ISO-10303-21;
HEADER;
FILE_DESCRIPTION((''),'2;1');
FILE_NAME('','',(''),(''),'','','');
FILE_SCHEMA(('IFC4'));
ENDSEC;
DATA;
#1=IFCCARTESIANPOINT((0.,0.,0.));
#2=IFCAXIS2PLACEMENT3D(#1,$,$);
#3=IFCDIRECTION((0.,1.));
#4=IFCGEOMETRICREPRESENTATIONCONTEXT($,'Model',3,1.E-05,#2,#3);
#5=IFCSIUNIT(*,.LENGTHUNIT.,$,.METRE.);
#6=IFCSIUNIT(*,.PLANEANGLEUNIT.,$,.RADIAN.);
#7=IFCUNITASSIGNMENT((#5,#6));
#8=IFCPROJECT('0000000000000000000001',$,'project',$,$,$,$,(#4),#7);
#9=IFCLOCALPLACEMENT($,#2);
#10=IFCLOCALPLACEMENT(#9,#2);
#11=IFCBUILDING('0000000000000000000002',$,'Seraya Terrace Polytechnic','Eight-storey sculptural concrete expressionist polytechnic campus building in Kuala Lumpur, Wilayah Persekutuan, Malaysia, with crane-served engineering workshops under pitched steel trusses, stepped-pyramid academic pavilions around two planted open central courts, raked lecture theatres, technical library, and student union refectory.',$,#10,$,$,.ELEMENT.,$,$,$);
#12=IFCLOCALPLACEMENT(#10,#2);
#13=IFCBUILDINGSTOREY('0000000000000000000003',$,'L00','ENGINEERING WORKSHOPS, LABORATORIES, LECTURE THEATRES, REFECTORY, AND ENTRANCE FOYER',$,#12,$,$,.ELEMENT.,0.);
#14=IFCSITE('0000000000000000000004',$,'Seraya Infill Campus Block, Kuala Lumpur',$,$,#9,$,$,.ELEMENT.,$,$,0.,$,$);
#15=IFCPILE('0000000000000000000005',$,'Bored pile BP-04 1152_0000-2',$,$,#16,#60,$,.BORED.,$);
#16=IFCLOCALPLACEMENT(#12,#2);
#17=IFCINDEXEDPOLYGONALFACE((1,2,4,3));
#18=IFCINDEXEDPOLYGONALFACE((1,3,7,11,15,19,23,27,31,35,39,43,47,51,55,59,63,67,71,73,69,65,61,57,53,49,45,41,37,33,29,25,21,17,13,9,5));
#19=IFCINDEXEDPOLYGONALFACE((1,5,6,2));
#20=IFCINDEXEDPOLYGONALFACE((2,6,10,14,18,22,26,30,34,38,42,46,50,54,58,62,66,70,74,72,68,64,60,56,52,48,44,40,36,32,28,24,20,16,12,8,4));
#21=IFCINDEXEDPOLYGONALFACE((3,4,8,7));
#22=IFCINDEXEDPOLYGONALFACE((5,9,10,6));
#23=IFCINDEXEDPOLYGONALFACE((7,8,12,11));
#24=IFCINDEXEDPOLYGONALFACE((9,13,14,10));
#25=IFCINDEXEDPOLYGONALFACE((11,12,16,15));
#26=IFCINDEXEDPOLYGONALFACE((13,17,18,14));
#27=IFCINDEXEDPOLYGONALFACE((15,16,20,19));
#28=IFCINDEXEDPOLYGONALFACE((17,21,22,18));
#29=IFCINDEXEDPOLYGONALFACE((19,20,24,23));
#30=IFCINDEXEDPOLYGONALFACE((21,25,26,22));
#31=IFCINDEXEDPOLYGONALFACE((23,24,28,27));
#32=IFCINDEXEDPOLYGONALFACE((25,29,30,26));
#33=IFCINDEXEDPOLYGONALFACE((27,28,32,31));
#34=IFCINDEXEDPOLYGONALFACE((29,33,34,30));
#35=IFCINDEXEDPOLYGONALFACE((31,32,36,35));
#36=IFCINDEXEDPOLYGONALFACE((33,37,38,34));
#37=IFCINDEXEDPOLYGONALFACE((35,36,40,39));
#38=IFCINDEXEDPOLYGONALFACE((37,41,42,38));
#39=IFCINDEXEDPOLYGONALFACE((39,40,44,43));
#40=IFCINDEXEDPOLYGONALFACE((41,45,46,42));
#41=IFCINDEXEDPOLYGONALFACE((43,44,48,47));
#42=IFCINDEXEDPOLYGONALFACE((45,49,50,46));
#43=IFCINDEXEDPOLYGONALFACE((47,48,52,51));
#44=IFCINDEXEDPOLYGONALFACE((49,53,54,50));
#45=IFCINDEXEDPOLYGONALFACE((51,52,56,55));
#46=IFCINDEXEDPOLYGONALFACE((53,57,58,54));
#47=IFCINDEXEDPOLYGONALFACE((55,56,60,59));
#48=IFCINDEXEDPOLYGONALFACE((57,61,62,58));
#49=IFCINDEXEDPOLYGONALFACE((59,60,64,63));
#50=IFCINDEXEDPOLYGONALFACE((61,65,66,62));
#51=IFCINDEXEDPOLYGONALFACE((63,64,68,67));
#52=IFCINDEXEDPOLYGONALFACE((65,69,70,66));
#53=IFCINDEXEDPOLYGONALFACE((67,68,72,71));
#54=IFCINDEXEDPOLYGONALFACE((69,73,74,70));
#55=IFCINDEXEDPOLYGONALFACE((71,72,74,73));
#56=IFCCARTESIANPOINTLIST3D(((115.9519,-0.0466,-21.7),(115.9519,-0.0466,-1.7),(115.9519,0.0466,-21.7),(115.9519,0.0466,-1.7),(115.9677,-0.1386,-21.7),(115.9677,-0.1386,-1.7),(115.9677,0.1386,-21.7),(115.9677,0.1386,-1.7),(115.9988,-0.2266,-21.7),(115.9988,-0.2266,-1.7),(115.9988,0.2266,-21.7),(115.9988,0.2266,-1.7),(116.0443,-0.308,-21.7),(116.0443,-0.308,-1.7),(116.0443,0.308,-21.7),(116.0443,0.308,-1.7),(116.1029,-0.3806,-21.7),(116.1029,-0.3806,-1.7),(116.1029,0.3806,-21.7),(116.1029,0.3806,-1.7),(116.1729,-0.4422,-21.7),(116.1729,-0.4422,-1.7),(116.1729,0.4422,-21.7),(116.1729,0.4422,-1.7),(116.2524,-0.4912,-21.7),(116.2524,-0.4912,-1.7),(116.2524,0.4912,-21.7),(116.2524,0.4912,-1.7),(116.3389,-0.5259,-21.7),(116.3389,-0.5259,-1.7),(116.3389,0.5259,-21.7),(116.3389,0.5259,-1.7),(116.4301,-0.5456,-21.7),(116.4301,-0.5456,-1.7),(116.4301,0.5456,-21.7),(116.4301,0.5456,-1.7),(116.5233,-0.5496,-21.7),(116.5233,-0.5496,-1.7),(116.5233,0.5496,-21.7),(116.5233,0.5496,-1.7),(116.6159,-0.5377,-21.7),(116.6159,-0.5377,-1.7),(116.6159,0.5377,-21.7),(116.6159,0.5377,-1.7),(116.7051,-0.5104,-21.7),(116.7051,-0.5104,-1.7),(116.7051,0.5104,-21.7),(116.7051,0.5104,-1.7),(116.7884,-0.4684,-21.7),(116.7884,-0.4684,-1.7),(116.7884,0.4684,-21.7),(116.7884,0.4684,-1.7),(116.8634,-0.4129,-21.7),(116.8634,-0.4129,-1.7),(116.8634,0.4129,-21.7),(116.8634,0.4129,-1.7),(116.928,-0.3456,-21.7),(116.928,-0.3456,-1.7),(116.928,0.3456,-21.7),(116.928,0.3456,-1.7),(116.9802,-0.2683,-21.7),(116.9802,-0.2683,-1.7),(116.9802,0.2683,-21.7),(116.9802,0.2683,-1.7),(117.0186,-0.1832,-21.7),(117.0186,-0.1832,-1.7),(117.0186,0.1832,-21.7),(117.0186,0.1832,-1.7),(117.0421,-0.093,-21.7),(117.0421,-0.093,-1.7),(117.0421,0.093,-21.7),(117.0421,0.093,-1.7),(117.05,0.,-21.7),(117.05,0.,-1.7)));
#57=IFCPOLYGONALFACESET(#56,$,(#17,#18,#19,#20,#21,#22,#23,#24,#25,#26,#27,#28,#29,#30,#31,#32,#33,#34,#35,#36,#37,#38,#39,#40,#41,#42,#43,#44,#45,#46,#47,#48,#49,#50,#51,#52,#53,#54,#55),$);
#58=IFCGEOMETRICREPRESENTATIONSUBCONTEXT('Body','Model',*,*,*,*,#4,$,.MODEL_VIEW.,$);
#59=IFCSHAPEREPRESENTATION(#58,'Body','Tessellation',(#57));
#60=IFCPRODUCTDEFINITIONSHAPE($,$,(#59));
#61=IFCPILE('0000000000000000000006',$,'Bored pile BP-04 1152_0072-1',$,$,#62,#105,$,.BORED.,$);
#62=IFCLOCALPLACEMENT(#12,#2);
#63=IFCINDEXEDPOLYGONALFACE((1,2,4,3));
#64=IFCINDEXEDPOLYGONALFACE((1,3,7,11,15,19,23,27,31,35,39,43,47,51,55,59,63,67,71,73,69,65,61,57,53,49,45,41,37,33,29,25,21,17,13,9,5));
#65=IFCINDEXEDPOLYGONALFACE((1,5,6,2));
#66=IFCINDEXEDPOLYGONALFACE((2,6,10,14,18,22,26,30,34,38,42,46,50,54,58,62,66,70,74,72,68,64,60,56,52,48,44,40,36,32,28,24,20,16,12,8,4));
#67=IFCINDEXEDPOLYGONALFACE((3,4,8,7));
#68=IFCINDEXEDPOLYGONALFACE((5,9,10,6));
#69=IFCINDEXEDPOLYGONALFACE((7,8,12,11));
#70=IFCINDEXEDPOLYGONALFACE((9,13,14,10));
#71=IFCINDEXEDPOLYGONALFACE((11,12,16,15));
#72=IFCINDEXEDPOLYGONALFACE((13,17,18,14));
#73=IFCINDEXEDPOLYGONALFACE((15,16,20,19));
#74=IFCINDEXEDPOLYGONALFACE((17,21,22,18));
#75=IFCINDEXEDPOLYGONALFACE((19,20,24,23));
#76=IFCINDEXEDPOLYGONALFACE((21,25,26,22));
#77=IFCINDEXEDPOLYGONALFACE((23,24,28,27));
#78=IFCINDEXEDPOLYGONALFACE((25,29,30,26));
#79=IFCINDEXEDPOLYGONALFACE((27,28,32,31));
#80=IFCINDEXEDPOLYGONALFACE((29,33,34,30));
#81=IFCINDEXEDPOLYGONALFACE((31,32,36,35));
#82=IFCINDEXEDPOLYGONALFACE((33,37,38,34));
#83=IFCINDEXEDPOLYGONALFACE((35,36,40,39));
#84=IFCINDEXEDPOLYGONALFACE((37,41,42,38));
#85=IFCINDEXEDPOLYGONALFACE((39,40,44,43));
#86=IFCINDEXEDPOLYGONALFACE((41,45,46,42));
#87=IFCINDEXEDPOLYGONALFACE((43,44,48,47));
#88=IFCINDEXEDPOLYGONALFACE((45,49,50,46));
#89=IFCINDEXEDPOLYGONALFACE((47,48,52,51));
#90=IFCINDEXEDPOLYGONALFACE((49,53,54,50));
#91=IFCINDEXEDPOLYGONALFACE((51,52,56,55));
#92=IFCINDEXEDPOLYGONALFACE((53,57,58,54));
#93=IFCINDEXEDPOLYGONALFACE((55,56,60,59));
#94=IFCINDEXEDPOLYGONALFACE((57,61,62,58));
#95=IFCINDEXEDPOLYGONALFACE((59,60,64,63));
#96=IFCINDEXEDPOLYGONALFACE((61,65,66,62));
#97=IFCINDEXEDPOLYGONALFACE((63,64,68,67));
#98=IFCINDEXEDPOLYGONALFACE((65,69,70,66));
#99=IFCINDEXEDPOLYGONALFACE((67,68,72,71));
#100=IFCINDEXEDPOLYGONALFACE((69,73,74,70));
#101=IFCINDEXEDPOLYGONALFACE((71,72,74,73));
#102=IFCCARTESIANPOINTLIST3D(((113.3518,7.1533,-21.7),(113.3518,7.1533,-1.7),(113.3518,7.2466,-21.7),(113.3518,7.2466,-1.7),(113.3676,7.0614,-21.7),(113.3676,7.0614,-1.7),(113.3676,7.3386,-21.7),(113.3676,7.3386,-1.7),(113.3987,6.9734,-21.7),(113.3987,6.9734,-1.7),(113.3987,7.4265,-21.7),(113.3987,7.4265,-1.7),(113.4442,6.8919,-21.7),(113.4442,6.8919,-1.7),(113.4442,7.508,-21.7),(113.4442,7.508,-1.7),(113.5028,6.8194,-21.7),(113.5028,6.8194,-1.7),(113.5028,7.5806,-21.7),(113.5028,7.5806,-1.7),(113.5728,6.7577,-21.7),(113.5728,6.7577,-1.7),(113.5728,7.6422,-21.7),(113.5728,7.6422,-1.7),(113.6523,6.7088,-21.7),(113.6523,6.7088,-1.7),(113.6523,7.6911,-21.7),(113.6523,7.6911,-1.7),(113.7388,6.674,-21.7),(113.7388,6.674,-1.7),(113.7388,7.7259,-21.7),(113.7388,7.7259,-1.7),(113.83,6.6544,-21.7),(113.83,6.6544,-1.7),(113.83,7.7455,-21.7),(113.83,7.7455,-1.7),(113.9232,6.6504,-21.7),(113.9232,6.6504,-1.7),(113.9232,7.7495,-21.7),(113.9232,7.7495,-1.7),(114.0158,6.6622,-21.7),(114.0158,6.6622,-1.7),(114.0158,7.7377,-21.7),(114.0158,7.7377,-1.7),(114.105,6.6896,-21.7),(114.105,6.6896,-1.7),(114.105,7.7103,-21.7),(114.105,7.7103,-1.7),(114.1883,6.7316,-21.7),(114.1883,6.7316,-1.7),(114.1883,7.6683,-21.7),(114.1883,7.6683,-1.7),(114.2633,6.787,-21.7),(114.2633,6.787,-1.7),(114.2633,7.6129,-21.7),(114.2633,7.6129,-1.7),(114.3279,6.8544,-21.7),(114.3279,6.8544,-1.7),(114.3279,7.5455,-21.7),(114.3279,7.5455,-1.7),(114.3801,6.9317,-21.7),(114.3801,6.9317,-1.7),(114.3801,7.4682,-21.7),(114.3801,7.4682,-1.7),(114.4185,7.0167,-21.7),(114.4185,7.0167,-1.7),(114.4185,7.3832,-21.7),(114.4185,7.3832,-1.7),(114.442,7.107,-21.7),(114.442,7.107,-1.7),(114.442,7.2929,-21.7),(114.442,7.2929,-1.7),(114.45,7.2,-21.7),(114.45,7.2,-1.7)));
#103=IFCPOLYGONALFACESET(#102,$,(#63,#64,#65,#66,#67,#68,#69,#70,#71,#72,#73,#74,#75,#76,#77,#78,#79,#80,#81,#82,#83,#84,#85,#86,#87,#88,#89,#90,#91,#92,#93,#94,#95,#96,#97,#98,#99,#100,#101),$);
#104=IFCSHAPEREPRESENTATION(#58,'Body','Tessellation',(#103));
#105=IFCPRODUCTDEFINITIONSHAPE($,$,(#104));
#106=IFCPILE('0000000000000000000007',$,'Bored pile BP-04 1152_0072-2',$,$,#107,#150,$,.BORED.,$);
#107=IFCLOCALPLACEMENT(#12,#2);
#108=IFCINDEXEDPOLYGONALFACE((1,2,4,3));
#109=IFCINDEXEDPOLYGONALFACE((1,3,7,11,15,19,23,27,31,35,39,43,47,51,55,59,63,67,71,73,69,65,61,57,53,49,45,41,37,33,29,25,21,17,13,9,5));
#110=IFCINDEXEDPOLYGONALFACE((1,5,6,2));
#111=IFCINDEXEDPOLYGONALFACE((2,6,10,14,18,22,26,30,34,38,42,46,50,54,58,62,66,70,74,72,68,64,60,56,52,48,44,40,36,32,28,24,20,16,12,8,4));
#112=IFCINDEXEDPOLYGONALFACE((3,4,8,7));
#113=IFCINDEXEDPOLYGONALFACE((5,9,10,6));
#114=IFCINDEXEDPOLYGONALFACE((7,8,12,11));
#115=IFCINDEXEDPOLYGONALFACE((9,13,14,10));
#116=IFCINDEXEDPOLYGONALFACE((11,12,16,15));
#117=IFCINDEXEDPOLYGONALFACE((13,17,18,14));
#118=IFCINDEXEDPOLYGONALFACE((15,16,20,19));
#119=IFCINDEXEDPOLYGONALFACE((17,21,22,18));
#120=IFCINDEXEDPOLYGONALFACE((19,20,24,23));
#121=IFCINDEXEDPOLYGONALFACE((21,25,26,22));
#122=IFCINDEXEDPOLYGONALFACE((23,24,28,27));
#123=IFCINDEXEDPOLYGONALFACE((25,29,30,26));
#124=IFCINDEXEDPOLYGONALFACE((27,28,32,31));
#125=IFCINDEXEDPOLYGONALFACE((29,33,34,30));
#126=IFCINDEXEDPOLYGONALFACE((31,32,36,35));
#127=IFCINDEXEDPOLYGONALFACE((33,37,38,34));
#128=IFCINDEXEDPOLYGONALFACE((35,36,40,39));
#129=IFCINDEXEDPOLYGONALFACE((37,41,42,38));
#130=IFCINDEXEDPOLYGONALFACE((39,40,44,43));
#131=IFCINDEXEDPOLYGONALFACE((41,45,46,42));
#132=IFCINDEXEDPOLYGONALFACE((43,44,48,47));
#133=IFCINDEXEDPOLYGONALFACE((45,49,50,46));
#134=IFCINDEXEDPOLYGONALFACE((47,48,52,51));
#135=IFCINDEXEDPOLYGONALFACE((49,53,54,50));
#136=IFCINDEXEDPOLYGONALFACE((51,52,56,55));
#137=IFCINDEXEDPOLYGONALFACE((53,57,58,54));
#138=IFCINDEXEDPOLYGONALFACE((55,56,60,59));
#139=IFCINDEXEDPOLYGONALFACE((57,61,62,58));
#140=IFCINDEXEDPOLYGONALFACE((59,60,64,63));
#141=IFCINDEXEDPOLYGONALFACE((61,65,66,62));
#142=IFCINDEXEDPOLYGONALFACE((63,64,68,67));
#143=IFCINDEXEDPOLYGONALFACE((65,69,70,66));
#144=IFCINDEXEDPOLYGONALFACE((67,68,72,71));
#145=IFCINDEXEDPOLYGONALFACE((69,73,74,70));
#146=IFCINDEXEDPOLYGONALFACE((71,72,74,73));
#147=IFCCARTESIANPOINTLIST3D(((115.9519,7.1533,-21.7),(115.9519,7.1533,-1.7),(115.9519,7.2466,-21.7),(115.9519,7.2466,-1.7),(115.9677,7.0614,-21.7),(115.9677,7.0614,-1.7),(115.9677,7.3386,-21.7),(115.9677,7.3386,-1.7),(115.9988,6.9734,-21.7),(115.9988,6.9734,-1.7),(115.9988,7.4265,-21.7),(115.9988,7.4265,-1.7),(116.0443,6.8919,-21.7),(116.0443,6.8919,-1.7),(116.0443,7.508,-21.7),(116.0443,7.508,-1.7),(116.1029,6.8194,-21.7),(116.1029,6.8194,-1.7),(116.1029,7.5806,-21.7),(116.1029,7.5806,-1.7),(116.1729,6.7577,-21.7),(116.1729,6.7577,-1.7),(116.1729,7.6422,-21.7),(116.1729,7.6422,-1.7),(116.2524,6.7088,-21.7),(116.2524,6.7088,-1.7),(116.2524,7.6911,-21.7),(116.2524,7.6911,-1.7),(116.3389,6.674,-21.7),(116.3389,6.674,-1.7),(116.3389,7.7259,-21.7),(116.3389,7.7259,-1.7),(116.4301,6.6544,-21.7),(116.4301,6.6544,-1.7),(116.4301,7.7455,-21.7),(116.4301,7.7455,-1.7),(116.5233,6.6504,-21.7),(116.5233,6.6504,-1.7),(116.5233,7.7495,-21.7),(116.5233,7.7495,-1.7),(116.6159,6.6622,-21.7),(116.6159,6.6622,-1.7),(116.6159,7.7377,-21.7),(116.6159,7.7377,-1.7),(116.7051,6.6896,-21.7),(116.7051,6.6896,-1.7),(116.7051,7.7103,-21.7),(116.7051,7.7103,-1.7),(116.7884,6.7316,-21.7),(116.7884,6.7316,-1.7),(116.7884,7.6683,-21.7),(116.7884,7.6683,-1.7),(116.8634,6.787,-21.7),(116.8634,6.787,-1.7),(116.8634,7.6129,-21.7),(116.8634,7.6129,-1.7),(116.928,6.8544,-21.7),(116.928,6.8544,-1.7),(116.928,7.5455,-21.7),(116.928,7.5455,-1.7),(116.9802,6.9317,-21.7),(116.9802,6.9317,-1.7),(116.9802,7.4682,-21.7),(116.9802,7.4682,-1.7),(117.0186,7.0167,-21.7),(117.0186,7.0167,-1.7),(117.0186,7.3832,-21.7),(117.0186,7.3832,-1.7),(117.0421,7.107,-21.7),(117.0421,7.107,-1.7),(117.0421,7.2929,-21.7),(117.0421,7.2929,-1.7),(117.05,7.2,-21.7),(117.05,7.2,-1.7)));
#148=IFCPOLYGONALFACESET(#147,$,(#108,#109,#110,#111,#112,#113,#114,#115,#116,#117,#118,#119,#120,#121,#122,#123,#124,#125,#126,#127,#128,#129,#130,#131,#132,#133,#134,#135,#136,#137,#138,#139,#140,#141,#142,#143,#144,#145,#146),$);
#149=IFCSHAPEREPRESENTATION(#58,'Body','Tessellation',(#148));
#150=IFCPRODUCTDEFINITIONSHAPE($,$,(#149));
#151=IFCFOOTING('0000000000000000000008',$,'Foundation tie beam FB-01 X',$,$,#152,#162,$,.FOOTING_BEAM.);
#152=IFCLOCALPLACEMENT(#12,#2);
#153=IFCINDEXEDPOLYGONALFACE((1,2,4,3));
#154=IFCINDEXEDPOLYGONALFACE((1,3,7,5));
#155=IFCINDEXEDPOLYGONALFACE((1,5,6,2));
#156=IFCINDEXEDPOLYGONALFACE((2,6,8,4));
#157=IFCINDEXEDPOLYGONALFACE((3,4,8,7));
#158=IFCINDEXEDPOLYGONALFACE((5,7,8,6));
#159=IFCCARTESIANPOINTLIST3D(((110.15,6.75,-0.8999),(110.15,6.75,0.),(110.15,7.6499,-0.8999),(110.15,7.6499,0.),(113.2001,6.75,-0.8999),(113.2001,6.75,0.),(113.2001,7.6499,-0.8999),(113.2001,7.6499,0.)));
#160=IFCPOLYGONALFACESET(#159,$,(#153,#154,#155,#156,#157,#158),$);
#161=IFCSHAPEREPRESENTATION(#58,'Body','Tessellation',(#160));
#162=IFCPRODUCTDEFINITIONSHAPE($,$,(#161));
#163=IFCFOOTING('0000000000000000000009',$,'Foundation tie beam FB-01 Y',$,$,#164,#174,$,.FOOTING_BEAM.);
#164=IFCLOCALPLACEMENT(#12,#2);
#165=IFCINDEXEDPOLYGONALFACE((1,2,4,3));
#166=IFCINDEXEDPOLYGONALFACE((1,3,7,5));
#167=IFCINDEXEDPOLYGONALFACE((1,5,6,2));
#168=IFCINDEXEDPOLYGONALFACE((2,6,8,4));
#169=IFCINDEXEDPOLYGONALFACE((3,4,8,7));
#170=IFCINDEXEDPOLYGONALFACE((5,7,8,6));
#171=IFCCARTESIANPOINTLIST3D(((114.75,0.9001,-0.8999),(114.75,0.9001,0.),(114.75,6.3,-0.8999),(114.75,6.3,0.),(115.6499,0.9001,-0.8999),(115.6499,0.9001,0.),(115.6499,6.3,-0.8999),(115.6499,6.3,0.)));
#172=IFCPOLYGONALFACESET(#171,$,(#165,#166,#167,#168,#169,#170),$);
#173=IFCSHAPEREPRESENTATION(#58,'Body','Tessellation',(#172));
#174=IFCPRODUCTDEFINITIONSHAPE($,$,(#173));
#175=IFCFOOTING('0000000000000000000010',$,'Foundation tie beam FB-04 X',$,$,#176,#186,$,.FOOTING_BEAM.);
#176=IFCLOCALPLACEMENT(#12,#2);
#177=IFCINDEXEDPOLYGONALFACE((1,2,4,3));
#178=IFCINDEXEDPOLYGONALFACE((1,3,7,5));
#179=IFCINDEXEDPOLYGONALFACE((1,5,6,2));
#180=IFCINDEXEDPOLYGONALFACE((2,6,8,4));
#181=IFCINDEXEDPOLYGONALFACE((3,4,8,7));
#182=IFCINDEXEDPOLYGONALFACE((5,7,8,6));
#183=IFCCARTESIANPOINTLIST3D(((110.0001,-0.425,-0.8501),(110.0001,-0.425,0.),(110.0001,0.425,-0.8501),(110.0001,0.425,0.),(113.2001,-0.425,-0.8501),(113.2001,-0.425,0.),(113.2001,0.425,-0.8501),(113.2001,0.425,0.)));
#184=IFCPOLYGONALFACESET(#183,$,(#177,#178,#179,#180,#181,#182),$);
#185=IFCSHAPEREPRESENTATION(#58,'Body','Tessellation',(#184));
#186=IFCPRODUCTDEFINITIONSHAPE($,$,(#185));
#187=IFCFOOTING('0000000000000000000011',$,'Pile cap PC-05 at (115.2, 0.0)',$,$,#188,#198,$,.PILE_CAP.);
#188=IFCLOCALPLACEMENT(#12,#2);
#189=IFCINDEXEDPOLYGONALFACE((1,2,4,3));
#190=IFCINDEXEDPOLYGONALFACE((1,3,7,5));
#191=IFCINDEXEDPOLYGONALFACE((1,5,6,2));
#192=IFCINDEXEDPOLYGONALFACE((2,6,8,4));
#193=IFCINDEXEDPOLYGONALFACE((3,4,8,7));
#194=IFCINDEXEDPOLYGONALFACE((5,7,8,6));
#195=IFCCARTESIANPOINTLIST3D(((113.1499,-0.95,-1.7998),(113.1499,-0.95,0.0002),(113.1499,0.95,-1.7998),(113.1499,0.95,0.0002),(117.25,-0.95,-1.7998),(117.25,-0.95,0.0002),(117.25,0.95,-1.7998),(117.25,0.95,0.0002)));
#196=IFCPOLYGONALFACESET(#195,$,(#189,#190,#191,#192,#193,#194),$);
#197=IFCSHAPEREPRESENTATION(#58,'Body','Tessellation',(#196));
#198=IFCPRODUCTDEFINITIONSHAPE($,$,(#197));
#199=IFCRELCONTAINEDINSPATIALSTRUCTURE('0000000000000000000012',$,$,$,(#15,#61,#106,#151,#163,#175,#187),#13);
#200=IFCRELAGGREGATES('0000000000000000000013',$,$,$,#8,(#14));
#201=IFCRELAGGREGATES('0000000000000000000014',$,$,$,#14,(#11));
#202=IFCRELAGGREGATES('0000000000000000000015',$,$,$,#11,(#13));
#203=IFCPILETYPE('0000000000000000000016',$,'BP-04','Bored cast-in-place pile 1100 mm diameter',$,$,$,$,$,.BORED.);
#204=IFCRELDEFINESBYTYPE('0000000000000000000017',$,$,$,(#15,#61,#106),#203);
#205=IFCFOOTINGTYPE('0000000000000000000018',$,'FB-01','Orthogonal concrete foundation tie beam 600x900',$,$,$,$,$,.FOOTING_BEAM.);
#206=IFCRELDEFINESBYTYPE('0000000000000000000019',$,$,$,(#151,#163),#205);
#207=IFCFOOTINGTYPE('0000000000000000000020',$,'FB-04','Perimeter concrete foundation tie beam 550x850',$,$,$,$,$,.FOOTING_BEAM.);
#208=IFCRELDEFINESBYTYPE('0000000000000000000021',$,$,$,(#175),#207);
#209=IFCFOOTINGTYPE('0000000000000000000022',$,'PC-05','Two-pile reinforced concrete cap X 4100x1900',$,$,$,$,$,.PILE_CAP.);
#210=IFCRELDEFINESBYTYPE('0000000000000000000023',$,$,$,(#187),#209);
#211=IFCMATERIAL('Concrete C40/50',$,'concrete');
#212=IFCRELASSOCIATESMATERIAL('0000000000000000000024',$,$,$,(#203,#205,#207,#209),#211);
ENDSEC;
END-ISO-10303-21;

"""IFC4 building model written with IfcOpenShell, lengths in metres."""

from ifc_helpers import new_model, si_unit, direction, frame, origin, origin_2d, place, context, subcontext, project, spatial, rectangle, circle, extrude, material, material_profile, profile_set, type_object, element, save


model = new_model("IFC4")

# Units and contexts
model_context = context("Model", 3, precision=1e-05, world=origin(), true_north=direction((0.0, 1.0)))
body_context = subcontext(model_context, "Body", "Model", "MODEL_VIEW")
ifc_project = project(units=[si_unit("LENGTHUNIT", "METRE"), si_unit("PLANEANGLEUNIT", "RADIAN")], contexts=[model_context])

# Site, building, storey
site_placement = place(None, origin())
site = spatial("IfcSite", under=ifc_project, at=site_placement, Name="Seraya Infill Campus Block, Kuala Lumpur", CompositionType="ELEMENT", RefElevation=0.0)
building_placement = place(site_placement, origin())
building = spatial("IfcBuilding", under=site, at=building_placement, Name="Seraya Terrace Polytechnic", Description="Eight-storey sculptural concrete expressionist polytechnic campus building in Kuala Lumpur, Wilayah Persekutuan, Malaysia, with crane-served engineering workshops under pitched steel trusses, stepped-pyramid academic pavilions around two planted open central courts, raked lecture theatres, technical library, and student union refectory.", CompositionType="ELEMENT")
storey_placement = place(building_placement, origin())
storey = spatial("IfcBuildingStorey", under=building, at=storey_placement, Name="L00", Description="ENGINEERING WORKSHOPS, LABORATORIES, LECTURE THEATRES, REFECTORY, AND ENTRANCE FOYER", CompositionType="ELEMENT", Elevation=0.0)

# Piles
ifc_material_1 = material(Name="Concrete C40/50", Category="concrete")
ifc_material_profile_1 = material_profile(ifc_material_1, circle(Radius=0.55, at=origin_2d()), Name="DIA 1100")
ifc_profile_set_1 = profile_set([ifc_material_profile_1], Name="Concrete C40/50")
pile_type_1 = type_object("IfcPileType", Name="BP-04", Description="Bored cast-in-place pile 1100 mm diameter", PredefinedType="BORED", material=ifc_profile_set_1)
for number, where, z_axis, x_axis, name in (
    (1, (116.5, 0.0, -1.7), (0.0, 0.0, -1.0), (1.0, 0.0, 0.0), "Bored pile BP-04 1152_0000-2"),
    (2, (113.8999, 7.2, -1.7), (0.0, 0.0, -1.0), (1.0, 0.0, 0.0), "Bored pile BP-04 1152_0072-1"),
    (3, (116.5, 7.2, -1.7), (0.0, 0.0, -1.0), (1.0, 0.0, 0.0), "Bored pile BP-04 1152_0072-2"),
):
    element("IfcPile", number, at=place(storey_placement, frame(where, z_axis=z_axis, x_axis=x_axis)), inside=storey, type_object=pile_type_1, Name=name, PredefinedType="BORED", context=body_context, shape_type="SweptSolid", body=[
        extrude(circle(Radius=0.55, at=origin_2d()), origin(), (0.0, 0.0, 1.0), 20.0),
    ])

# Footings
footing_type_1 = type_object("IfcFootingType", Name="FB-01", Description="Orthogonal concrete foundation tie beam 600x900", PredefinedType="FOOTING_BEAM", material=ifc_material_1)
footing_1_placement = place(storey_placement, frame((111.675, 7.2, -0.8999), z_axis=(0.0, 0.0, 1.0), x_axis=(1.0, 0.0, 0.0)))
element("IfcFooting", 4, at=footing_1_placement, inside=storey, type_object=footing_type_1, Name="Foundation tie beam FB-01 X", PredefinedType="FOOTING_BEAM", context=body_context, shape_type="SweptSolid", body=[
    extrude(rectangle(XDim=3.05, YDim=0.8999, at=origin_2d()), origin(), (0.0, 0.0, 1.0), 0.8999),
])
footing_2_placement = place(storey_placement, frame((115.2, 3.6001, -0.8999), z_axis=(0.0, 0.0, 1.0), x_axis=(0.0, 1.0, 0.0)))
element("IfcFooting", 5, at=footing_2_placement, inside=storey, type_object=footing_type_1, Name="Foundation tie beam FB-01 Y", PredefinedType="FOOTING_BEAM", context=body_context, shape_type="SweptSolid", body=[
    extrude(rectangle(XDim=5.3999, YDim=0.8999, at=origin_2d()), origin(), (0.0, 0.0, 1.0), 0.8999),
])
footing_type_2 = type_object("IfcFootingType", Name="FB-04", Description="Perimeter concrete foundation tie beam 550x850", PredefinedType="FOOTING_BEAM", material=ifc_material_1)
footing_3_placement = place(storey_placement, frame((111.6001, 0.0, -0.8501), z_axis=(0.0, 0.0, 1.0), x_axis=(1.0, 0.0, 0.0)))
element("IfcFooting", 6, at=footing_3_placement, inside=storey, type_object=footing_type_2, Name="Foundation tie beam FB-04 X", PredefinedType="FOOTING_BEAM", context=body_context, shape_type="SweptSolid", body=[
    extrude(rectangle(XDim=3.2, YDim=0.8501, at=origin_2d()), origin(), (0.0, 0.0, 1.0), 0.8501),
])
footing_type_3 = type_object("IfcFootingType", Name="PC-05", Description="Two-pile reinforced concrete cap X 4100x1900", PredefinedType="PILE_CAP", material=ifc_material_1)
for number, where, z_axis, x_axis, name in (
    (7, (115.2, 0.0, -1.7998), (0.0, 0.0, 1.0), (1.0, 0.0, 0.0), "Pile cap PC-05 at (115.2, 0.0)"),
):
    element("IfcFooting", number, at=place(storey_placement, frame(where, z_axis=z_axis, x_axis=x_axis)), inside=storey, type_object=footing_type_3, Name=name, PredefinedType="PILE_CAP", context=body_context, shape_type="SweptSolid", body=[
        extrude(rectangle(XDim=4.1001, YDim=1.8999, at=origin_2d()), origin(), (0.0, 0.0, 1.0), 1.8),
    ])

save(model, "model.ifc")
